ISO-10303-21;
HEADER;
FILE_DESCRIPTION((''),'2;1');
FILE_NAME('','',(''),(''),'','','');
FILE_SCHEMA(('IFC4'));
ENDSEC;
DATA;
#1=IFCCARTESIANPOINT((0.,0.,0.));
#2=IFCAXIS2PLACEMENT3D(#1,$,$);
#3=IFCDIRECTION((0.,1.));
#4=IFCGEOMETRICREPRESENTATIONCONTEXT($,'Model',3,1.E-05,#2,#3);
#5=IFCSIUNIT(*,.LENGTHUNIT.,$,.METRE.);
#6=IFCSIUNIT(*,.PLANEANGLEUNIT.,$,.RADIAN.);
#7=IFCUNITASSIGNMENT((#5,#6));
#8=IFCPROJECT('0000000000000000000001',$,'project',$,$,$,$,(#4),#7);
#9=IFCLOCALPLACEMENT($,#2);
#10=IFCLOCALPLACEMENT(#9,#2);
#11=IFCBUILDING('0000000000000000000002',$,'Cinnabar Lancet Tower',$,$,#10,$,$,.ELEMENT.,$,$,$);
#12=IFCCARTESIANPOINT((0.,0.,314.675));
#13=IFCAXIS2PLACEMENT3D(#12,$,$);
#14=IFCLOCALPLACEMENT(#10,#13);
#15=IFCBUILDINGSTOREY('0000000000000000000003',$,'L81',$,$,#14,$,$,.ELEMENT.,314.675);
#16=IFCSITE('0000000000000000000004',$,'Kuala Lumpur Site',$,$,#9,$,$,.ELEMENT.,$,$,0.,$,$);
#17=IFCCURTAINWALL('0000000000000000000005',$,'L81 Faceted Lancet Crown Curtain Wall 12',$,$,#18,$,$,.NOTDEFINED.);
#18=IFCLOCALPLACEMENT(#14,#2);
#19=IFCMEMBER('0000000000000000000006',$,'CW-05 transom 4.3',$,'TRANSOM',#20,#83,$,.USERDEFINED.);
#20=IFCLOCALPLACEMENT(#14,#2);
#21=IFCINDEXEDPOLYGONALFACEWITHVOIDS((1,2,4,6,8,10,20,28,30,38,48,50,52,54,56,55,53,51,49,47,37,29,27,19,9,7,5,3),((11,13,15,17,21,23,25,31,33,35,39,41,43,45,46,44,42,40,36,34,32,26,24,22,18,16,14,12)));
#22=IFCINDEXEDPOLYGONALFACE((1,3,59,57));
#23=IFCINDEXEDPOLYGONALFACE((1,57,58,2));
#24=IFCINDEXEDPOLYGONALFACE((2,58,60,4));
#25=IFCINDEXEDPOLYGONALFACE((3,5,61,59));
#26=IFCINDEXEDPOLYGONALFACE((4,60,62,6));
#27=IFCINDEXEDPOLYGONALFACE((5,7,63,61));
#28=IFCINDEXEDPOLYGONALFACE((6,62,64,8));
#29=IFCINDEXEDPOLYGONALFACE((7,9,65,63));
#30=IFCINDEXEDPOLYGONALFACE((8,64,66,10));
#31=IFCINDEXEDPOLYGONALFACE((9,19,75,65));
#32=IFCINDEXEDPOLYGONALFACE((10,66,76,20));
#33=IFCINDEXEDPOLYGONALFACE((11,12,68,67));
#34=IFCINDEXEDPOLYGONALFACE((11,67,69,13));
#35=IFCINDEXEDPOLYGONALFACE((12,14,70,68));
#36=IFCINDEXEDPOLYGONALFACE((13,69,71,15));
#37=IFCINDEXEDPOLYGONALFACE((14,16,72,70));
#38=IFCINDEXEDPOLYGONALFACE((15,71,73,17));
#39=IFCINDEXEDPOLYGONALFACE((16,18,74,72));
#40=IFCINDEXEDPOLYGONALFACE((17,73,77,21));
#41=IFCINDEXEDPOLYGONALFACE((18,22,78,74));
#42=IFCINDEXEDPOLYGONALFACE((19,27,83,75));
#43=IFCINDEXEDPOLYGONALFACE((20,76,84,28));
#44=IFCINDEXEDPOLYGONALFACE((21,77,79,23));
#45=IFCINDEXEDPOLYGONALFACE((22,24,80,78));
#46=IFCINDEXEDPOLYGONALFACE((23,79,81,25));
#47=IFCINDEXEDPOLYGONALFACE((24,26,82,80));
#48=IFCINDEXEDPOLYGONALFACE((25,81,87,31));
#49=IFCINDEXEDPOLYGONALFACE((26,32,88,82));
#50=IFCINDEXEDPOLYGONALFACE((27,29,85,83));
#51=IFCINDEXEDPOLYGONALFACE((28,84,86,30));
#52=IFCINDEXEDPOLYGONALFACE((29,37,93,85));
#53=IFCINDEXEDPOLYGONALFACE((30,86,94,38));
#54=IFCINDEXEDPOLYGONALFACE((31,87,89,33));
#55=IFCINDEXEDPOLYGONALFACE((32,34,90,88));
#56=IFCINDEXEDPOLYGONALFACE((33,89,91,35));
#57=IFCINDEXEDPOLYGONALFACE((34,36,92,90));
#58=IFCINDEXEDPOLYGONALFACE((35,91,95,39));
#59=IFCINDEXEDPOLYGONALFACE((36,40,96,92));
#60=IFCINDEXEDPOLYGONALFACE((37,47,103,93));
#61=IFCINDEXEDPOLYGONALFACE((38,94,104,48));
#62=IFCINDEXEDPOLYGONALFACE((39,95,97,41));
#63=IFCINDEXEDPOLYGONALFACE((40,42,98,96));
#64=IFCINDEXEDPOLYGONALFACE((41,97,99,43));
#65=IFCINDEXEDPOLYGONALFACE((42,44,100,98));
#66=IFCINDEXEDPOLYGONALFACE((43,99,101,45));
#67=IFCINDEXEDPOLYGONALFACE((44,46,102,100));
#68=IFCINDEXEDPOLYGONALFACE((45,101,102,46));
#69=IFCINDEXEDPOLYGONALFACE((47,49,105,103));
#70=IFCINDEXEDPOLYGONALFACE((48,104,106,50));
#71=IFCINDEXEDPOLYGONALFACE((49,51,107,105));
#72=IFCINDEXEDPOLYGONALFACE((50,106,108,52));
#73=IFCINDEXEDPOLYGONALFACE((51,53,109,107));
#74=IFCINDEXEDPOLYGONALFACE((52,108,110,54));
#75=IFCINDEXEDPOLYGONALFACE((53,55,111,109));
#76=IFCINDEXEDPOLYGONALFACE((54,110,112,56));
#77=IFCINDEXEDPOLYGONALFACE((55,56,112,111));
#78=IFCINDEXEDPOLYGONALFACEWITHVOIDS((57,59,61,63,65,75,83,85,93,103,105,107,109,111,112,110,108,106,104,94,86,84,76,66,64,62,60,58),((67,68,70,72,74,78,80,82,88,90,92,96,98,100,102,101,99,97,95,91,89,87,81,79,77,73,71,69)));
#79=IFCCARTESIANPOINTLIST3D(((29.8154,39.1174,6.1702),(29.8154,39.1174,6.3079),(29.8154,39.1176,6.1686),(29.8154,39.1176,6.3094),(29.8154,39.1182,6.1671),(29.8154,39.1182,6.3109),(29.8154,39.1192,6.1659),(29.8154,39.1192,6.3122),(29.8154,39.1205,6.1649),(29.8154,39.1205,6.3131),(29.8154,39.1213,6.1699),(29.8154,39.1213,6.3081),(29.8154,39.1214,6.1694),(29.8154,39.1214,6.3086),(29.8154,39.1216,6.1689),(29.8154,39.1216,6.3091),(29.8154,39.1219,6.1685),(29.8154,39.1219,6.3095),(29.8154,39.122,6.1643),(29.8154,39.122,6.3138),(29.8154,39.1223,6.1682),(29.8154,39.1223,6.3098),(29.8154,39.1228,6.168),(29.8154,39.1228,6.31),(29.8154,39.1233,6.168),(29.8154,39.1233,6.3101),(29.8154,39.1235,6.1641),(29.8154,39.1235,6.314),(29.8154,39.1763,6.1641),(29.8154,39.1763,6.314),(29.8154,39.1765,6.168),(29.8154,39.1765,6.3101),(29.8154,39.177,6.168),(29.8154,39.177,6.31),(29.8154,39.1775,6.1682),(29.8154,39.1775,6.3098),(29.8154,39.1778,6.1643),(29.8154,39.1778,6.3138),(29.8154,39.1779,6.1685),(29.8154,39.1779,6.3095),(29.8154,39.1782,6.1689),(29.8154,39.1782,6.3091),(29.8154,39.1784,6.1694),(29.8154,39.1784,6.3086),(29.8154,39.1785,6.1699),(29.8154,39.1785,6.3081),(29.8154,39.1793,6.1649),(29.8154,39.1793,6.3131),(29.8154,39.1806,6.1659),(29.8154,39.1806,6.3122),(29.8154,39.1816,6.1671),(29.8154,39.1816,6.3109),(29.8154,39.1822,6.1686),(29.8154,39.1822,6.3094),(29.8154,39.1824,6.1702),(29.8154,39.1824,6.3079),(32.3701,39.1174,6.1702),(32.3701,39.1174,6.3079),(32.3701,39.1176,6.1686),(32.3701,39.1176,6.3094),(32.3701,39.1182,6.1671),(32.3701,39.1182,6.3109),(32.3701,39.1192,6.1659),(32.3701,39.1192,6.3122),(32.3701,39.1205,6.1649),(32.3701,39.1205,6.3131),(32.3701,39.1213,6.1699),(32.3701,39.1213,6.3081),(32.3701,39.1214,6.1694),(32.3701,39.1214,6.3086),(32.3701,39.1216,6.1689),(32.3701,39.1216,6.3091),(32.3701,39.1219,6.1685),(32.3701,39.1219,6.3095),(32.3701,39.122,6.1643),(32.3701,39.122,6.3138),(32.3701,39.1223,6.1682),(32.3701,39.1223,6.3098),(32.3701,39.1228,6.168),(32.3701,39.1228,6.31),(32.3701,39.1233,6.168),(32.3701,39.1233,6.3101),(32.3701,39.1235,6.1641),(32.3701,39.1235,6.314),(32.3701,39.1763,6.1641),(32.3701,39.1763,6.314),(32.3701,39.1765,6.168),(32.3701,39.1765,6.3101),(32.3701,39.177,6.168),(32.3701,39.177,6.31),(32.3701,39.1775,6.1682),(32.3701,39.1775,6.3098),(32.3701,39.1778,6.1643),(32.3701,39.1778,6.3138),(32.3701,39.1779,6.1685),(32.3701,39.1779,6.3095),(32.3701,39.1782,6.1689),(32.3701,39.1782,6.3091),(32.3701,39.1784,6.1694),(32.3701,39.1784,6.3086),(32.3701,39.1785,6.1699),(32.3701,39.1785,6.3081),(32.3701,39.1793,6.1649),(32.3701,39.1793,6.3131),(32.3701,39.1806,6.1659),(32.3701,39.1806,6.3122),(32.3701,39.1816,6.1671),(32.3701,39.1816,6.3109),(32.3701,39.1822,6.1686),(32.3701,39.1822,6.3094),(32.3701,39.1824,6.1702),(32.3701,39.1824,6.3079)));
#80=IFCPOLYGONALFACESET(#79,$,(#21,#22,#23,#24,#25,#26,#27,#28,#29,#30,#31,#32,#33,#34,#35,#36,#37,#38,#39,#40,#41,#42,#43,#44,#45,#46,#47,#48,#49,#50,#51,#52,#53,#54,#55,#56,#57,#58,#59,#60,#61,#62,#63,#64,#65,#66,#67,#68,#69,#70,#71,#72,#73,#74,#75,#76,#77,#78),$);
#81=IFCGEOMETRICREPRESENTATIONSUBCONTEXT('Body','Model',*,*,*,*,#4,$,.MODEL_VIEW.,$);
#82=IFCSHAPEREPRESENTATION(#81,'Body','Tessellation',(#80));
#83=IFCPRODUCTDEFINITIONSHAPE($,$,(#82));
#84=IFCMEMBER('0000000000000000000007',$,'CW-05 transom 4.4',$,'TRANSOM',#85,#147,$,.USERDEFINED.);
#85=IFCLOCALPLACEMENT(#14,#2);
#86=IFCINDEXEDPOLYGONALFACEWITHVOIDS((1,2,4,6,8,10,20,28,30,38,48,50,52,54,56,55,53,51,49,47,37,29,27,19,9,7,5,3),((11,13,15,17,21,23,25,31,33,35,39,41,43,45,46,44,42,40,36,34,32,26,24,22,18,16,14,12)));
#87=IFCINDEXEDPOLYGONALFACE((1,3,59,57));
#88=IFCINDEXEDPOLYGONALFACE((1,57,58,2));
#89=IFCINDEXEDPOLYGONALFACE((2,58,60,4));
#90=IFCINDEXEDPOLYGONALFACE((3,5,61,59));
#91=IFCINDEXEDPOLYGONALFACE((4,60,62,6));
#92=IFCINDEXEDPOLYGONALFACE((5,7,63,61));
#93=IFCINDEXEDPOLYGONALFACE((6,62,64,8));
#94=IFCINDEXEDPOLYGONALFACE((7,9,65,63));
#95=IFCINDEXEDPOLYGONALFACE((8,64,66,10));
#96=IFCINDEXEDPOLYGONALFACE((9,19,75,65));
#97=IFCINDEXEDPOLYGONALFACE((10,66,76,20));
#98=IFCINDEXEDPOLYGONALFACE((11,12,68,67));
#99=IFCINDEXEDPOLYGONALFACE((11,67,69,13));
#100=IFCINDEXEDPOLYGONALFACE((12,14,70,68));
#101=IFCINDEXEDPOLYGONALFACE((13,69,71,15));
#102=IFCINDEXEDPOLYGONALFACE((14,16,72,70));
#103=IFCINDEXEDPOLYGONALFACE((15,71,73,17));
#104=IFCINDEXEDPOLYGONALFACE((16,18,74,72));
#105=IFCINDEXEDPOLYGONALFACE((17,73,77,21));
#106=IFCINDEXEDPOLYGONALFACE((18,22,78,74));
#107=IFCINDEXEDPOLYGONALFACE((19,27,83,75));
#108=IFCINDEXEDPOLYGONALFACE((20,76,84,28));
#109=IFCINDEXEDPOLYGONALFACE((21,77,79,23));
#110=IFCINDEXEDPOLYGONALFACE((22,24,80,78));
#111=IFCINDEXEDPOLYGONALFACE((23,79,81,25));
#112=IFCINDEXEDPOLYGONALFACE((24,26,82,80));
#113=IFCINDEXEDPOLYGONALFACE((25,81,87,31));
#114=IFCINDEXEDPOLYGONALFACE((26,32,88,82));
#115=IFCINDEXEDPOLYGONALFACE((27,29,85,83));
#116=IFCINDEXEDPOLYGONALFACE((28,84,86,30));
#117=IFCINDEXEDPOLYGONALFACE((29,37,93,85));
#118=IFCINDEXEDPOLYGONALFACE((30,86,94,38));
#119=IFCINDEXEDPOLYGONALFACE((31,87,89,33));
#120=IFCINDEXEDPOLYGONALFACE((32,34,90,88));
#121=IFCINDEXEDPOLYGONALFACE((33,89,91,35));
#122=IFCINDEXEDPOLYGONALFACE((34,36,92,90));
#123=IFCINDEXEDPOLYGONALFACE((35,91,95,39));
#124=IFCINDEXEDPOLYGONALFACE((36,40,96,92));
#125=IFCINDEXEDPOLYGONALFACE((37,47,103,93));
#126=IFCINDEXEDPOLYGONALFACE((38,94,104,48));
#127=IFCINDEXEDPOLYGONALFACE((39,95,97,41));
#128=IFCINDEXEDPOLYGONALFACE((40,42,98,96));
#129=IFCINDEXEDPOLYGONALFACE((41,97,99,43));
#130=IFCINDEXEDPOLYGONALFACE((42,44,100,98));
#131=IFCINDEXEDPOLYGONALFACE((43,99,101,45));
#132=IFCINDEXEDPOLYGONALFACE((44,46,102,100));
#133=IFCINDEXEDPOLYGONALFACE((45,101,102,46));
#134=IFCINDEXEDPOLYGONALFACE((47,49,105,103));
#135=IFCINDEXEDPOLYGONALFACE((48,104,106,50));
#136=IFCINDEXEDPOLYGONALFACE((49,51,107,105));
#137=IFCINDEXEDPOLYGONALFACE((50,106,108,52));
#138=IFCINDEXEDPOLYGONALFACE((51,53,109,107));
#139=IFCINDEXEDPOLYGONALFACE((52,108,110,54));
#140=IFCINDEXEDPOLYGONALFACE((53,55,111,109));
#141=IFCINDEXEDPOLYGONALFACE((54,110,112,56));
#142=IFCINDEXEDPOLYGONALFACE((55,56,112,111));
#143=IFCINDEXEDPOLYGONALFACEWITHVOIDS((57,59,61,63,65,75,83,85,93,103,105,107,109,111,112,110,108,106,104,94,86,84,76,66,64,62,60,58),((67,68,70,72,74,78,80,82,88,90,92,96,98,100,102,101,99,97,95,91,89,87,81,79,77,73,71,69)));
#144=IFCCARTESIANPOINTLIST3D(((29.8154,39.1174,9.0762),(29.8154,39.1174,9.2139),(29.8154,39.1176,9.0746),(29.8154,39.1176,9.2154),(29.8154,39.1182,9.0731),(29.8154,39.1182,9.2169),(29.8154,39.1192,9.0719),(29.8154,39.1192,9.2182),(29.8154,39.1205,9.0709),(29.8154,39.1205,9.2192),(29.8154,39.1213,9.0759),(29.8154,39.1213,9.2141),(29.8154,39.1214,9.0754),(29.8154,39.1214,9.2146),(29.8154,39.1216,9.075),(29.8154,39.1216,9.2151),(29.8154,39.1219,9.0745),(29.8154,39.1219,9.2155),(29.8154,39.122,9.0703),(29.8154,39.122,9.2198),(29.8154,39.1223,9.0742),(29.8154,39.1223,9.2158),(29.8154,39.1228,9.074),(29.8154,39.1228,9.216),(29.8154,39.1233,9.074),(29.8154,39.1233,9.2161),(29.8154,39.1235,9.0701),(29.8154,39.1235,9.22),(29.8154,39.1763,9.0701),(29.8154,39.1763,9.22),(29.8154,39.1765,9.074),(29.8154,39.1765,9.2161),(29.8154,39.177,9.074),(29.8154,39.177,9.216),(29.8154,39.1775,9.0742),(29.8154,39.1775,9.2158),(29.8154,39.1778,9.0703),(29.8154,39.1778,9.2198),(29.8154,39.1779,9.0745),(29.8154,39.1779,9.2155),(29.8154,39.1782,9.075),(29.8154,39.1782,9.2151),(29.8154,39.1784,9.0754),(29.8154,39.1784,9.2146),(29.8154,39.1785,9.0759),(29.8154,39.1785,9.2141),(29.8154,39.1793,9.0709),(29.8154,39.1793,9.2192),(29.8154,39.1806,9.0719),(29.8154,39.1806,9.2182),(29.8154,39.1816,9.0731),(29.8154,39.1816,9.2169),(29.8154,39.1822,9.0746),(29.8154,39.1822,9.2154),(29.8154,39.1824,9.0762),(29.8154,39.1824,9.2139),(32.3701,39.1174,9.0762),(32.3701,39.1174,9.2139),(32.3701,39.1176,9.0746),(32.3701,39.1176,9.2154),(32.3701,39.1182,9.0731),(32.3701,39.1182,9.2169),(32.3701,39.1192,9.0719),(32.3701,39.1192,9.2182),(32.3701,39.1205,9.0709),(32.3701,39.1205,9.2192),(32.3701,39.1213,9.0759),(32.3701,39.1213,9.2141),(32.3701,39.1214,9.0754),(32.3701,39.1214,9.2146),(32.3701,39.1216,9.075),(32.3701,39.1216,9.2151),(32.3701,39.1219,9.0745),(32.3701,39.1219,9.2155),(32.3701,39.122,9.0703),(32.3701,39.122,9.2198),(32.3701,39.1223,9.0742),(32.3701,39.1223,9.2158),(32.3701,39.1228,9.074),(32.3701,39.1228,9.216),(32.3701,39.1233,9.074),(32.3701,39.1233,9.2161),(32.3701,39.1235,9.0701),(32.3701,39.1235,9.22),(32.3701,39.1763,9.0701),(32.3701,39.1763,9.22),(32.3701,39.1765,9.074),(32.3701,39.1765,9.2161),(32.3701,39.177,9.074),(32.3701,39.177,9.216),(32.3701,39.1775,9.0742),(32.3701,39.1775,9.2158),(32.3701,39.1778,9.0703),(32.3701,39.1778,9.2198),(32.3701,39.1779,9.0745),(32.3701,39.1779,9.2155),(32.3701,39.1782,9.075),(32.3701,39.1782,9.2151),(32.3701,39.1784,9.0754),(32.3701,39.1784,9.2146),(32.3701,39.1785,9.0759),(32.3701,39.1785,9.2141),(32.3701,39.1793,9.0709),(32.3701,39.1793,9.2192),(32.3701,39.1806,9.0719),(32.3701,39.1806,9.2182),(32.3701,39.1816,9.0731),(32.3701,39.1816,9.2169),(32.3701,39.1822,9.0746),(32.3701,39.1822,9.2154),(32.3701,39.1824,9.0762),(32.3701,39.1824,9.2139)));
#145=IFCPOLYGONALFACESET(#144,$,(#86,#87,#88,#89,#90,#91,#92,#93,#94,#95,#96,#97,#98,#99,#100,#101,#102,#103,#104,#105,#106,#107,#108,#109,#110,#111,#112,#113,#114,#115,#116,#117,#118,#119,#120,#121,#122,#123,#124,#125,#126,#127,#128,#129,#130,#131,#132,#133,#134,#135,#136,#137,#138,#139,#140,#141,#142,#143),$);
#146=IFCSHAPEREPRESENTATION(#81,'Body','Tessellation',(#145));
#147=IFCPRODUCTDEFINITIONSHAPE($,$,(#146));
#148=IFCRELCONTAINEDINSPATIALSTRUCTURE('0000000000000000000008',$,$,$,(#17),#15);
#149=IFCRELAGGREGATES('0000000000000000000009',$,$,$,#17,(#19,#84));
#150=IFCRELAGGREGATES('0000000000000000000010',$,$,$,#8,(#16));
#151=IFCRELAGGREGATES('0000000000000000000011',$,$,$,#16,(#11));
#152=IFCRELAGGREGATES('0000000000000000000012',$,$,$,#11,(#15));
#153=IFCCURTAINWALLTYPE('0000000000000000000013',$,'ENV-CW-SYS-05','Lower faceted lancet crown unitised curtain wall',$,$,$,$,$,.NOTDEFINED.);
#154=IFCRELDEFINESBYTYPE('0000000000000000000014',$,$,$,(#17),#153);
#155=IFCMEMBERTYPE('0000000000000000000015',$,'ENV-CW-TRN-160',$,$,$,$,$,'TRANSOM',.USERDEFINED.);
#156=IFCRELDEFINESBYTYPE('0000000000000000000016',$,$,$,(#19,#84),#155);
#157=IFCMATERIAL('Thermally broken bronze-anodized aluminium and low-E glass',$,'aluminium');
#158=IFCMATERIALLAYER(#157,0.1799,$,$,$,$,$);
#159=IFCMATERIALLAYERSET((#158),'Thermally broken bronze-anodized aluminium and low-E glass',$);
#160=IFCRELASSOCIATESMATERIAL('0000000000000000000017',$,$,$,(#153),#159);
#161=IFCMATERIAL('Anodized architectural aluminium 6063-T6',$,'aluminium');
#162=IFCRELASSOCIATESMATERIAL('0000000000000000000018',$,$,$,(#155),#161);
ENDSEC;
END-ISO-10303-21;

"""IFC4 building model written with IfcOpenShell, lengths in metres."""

from ifc_helpers import new_model, si_unit, direction, frame, origin, origin_2d, place, context, subcontext, project, spatial, hollow_rectangle, extrude, material, layer, layer_set, material_profile, profile_set, type_object, element, aggregate, save


model = new_model("IFC4")

# Units and contexts
model_context = context("Model", 3, precision=1e-05, world=origin(), true_north=direction((0.0, 1.0)))
body_context = subcontext(model_context, "Body", "Model", "MODEL_VIEW")
ifc_project = project(units=[si_unit("LENGTHUNIT", "METRE"), si_unit("PLANEANGLEUNIT", "RADIAN")], contexts=[model_context])

# Site, building, storey
site_placement = place(None, origin())
site = spatial("IfcSite", under=ifc_project, at=site_placement, Name="Kuala Lumpur Site", CompositionType="ELEMENT", RefElevation=0.0)
building_placement = place(site_placement, origin())
building = spatial("IfcBuilding", under=site, at=building_placement, Name="Cinnabar Lancet Tower", CompositionType="ELEMENT")
storey_placement = place(building_placement, frame((0.0, 0.0, 314.675)))
storey = spatial("IfcBuildingStorey", under=building, at=storey_placement, Name="L81", CompositionType="ELEMENT", Elevation=314.675)

# Curtain wall
ifc_material_1 = material(Name="Thermally broken bronze-anodized aluminium and low-E glass", Category="aluminium")
ifc_layer_1 = layer(ifc_material_1, 0.1799)
ifc_layer_set_1 = layer_set([ifc_layer_1], Name="Thermally broken bronze-anodized aluminium and low-E glass")
curtain_wall_type = type_object("IfcCurtainWallType", Name="ENV-CW-SYS-05", Description="Lower faceted lancet crown unitised curtain wall", PredefinedType="NOTDEFINED", material=ifc_layer_set_1)
curtain_wall_1_placement = place(storey_placement, origin())
curtain_wall_1 = element("IfcCurtainWall", 1, at=curtain_wall_1_placement, inside=storey, type_object=curtain_wall_type, Name="L81 Faceted Lancet Crown Curtain Wall 12", PredefinedType="NOTDEFINED")

# Members
ifc_material_2 = material(Name="Anodized architectural aluminium 6063-T6", Category="aluminium")
ifc_material_profile_1 = material_profile(ifc_material_2, hollow_rectangle(XDim=0.0649, YDim=0.1499, WallThickness=0.0039, InnerFilletRadius=0.002, OuterFilletRadius=0.0061, at=origin_2d()), Name="CW-TRN 150x65x4")
ifc_profile_set_1 = profile_set([ifc_material_profile_1], Name="Anodized architectural aluminium 6063-T6")
member_type_1 = type_object("IfcMemberType", Name="ENV-CW-TRN-160", ElementType="TRANSOM", PredefinedType="USERDEFINED", material=ifc_profile_set_1)
member_1_placement = place(storey_placement, frame((32.3701, 39.1499, 6.239), z_axis=(-1.0, 0.0, 0.0), x_axis=(0.0, -1.0, 0.0)))
member_1 = element("IfcMember", 2, at=member_1_placement, type_object=member_type_1, Name="CW-05 transom 4.3", ObjectType="TRANSOM", PredefinedType="USERDEFINED", context=body_context, shape_type="SweptSolid", body=[
    extrude(hollow_rectangle(XDim=0.0649, YDim=0.1499, WallThickness=0.0039, InnerFilletRadius=0.002, OuterFilletRadius=0.0061, at=origin_2d()), origin(), (0.0, 0.0, 1.0), 2.5547),
])
member_2_placement = place(storey_placement, frame((32.3701, 39.1499, 9.145), z_axis=(-1.0, 0.0, 0.0), x_axis=(0.0, -1.0, 0.0)))
member_2 = element("IfcMember", 3, at=member_2_placement, type_object=member_type_1, Name="CW-05 transom 4.4", ObjectType="TRANSOM", PredefinedType="USERDEFINED", context=body_context, shape_type="SweptSolid", body=[
    extrude(hollow_rectangle(XDim=0.0649, YDim=0.1499, WallThickness=0.0039, InnerFilletRadius=0.002, OuterFilletRadius=0.0061, at=origin_2d()), origin(), (0.0, 0.0, 1.0), 2.5547),
])

aggregate(curtain_wall_1, [member_1, member_2])

save(model, "model.ifc")
